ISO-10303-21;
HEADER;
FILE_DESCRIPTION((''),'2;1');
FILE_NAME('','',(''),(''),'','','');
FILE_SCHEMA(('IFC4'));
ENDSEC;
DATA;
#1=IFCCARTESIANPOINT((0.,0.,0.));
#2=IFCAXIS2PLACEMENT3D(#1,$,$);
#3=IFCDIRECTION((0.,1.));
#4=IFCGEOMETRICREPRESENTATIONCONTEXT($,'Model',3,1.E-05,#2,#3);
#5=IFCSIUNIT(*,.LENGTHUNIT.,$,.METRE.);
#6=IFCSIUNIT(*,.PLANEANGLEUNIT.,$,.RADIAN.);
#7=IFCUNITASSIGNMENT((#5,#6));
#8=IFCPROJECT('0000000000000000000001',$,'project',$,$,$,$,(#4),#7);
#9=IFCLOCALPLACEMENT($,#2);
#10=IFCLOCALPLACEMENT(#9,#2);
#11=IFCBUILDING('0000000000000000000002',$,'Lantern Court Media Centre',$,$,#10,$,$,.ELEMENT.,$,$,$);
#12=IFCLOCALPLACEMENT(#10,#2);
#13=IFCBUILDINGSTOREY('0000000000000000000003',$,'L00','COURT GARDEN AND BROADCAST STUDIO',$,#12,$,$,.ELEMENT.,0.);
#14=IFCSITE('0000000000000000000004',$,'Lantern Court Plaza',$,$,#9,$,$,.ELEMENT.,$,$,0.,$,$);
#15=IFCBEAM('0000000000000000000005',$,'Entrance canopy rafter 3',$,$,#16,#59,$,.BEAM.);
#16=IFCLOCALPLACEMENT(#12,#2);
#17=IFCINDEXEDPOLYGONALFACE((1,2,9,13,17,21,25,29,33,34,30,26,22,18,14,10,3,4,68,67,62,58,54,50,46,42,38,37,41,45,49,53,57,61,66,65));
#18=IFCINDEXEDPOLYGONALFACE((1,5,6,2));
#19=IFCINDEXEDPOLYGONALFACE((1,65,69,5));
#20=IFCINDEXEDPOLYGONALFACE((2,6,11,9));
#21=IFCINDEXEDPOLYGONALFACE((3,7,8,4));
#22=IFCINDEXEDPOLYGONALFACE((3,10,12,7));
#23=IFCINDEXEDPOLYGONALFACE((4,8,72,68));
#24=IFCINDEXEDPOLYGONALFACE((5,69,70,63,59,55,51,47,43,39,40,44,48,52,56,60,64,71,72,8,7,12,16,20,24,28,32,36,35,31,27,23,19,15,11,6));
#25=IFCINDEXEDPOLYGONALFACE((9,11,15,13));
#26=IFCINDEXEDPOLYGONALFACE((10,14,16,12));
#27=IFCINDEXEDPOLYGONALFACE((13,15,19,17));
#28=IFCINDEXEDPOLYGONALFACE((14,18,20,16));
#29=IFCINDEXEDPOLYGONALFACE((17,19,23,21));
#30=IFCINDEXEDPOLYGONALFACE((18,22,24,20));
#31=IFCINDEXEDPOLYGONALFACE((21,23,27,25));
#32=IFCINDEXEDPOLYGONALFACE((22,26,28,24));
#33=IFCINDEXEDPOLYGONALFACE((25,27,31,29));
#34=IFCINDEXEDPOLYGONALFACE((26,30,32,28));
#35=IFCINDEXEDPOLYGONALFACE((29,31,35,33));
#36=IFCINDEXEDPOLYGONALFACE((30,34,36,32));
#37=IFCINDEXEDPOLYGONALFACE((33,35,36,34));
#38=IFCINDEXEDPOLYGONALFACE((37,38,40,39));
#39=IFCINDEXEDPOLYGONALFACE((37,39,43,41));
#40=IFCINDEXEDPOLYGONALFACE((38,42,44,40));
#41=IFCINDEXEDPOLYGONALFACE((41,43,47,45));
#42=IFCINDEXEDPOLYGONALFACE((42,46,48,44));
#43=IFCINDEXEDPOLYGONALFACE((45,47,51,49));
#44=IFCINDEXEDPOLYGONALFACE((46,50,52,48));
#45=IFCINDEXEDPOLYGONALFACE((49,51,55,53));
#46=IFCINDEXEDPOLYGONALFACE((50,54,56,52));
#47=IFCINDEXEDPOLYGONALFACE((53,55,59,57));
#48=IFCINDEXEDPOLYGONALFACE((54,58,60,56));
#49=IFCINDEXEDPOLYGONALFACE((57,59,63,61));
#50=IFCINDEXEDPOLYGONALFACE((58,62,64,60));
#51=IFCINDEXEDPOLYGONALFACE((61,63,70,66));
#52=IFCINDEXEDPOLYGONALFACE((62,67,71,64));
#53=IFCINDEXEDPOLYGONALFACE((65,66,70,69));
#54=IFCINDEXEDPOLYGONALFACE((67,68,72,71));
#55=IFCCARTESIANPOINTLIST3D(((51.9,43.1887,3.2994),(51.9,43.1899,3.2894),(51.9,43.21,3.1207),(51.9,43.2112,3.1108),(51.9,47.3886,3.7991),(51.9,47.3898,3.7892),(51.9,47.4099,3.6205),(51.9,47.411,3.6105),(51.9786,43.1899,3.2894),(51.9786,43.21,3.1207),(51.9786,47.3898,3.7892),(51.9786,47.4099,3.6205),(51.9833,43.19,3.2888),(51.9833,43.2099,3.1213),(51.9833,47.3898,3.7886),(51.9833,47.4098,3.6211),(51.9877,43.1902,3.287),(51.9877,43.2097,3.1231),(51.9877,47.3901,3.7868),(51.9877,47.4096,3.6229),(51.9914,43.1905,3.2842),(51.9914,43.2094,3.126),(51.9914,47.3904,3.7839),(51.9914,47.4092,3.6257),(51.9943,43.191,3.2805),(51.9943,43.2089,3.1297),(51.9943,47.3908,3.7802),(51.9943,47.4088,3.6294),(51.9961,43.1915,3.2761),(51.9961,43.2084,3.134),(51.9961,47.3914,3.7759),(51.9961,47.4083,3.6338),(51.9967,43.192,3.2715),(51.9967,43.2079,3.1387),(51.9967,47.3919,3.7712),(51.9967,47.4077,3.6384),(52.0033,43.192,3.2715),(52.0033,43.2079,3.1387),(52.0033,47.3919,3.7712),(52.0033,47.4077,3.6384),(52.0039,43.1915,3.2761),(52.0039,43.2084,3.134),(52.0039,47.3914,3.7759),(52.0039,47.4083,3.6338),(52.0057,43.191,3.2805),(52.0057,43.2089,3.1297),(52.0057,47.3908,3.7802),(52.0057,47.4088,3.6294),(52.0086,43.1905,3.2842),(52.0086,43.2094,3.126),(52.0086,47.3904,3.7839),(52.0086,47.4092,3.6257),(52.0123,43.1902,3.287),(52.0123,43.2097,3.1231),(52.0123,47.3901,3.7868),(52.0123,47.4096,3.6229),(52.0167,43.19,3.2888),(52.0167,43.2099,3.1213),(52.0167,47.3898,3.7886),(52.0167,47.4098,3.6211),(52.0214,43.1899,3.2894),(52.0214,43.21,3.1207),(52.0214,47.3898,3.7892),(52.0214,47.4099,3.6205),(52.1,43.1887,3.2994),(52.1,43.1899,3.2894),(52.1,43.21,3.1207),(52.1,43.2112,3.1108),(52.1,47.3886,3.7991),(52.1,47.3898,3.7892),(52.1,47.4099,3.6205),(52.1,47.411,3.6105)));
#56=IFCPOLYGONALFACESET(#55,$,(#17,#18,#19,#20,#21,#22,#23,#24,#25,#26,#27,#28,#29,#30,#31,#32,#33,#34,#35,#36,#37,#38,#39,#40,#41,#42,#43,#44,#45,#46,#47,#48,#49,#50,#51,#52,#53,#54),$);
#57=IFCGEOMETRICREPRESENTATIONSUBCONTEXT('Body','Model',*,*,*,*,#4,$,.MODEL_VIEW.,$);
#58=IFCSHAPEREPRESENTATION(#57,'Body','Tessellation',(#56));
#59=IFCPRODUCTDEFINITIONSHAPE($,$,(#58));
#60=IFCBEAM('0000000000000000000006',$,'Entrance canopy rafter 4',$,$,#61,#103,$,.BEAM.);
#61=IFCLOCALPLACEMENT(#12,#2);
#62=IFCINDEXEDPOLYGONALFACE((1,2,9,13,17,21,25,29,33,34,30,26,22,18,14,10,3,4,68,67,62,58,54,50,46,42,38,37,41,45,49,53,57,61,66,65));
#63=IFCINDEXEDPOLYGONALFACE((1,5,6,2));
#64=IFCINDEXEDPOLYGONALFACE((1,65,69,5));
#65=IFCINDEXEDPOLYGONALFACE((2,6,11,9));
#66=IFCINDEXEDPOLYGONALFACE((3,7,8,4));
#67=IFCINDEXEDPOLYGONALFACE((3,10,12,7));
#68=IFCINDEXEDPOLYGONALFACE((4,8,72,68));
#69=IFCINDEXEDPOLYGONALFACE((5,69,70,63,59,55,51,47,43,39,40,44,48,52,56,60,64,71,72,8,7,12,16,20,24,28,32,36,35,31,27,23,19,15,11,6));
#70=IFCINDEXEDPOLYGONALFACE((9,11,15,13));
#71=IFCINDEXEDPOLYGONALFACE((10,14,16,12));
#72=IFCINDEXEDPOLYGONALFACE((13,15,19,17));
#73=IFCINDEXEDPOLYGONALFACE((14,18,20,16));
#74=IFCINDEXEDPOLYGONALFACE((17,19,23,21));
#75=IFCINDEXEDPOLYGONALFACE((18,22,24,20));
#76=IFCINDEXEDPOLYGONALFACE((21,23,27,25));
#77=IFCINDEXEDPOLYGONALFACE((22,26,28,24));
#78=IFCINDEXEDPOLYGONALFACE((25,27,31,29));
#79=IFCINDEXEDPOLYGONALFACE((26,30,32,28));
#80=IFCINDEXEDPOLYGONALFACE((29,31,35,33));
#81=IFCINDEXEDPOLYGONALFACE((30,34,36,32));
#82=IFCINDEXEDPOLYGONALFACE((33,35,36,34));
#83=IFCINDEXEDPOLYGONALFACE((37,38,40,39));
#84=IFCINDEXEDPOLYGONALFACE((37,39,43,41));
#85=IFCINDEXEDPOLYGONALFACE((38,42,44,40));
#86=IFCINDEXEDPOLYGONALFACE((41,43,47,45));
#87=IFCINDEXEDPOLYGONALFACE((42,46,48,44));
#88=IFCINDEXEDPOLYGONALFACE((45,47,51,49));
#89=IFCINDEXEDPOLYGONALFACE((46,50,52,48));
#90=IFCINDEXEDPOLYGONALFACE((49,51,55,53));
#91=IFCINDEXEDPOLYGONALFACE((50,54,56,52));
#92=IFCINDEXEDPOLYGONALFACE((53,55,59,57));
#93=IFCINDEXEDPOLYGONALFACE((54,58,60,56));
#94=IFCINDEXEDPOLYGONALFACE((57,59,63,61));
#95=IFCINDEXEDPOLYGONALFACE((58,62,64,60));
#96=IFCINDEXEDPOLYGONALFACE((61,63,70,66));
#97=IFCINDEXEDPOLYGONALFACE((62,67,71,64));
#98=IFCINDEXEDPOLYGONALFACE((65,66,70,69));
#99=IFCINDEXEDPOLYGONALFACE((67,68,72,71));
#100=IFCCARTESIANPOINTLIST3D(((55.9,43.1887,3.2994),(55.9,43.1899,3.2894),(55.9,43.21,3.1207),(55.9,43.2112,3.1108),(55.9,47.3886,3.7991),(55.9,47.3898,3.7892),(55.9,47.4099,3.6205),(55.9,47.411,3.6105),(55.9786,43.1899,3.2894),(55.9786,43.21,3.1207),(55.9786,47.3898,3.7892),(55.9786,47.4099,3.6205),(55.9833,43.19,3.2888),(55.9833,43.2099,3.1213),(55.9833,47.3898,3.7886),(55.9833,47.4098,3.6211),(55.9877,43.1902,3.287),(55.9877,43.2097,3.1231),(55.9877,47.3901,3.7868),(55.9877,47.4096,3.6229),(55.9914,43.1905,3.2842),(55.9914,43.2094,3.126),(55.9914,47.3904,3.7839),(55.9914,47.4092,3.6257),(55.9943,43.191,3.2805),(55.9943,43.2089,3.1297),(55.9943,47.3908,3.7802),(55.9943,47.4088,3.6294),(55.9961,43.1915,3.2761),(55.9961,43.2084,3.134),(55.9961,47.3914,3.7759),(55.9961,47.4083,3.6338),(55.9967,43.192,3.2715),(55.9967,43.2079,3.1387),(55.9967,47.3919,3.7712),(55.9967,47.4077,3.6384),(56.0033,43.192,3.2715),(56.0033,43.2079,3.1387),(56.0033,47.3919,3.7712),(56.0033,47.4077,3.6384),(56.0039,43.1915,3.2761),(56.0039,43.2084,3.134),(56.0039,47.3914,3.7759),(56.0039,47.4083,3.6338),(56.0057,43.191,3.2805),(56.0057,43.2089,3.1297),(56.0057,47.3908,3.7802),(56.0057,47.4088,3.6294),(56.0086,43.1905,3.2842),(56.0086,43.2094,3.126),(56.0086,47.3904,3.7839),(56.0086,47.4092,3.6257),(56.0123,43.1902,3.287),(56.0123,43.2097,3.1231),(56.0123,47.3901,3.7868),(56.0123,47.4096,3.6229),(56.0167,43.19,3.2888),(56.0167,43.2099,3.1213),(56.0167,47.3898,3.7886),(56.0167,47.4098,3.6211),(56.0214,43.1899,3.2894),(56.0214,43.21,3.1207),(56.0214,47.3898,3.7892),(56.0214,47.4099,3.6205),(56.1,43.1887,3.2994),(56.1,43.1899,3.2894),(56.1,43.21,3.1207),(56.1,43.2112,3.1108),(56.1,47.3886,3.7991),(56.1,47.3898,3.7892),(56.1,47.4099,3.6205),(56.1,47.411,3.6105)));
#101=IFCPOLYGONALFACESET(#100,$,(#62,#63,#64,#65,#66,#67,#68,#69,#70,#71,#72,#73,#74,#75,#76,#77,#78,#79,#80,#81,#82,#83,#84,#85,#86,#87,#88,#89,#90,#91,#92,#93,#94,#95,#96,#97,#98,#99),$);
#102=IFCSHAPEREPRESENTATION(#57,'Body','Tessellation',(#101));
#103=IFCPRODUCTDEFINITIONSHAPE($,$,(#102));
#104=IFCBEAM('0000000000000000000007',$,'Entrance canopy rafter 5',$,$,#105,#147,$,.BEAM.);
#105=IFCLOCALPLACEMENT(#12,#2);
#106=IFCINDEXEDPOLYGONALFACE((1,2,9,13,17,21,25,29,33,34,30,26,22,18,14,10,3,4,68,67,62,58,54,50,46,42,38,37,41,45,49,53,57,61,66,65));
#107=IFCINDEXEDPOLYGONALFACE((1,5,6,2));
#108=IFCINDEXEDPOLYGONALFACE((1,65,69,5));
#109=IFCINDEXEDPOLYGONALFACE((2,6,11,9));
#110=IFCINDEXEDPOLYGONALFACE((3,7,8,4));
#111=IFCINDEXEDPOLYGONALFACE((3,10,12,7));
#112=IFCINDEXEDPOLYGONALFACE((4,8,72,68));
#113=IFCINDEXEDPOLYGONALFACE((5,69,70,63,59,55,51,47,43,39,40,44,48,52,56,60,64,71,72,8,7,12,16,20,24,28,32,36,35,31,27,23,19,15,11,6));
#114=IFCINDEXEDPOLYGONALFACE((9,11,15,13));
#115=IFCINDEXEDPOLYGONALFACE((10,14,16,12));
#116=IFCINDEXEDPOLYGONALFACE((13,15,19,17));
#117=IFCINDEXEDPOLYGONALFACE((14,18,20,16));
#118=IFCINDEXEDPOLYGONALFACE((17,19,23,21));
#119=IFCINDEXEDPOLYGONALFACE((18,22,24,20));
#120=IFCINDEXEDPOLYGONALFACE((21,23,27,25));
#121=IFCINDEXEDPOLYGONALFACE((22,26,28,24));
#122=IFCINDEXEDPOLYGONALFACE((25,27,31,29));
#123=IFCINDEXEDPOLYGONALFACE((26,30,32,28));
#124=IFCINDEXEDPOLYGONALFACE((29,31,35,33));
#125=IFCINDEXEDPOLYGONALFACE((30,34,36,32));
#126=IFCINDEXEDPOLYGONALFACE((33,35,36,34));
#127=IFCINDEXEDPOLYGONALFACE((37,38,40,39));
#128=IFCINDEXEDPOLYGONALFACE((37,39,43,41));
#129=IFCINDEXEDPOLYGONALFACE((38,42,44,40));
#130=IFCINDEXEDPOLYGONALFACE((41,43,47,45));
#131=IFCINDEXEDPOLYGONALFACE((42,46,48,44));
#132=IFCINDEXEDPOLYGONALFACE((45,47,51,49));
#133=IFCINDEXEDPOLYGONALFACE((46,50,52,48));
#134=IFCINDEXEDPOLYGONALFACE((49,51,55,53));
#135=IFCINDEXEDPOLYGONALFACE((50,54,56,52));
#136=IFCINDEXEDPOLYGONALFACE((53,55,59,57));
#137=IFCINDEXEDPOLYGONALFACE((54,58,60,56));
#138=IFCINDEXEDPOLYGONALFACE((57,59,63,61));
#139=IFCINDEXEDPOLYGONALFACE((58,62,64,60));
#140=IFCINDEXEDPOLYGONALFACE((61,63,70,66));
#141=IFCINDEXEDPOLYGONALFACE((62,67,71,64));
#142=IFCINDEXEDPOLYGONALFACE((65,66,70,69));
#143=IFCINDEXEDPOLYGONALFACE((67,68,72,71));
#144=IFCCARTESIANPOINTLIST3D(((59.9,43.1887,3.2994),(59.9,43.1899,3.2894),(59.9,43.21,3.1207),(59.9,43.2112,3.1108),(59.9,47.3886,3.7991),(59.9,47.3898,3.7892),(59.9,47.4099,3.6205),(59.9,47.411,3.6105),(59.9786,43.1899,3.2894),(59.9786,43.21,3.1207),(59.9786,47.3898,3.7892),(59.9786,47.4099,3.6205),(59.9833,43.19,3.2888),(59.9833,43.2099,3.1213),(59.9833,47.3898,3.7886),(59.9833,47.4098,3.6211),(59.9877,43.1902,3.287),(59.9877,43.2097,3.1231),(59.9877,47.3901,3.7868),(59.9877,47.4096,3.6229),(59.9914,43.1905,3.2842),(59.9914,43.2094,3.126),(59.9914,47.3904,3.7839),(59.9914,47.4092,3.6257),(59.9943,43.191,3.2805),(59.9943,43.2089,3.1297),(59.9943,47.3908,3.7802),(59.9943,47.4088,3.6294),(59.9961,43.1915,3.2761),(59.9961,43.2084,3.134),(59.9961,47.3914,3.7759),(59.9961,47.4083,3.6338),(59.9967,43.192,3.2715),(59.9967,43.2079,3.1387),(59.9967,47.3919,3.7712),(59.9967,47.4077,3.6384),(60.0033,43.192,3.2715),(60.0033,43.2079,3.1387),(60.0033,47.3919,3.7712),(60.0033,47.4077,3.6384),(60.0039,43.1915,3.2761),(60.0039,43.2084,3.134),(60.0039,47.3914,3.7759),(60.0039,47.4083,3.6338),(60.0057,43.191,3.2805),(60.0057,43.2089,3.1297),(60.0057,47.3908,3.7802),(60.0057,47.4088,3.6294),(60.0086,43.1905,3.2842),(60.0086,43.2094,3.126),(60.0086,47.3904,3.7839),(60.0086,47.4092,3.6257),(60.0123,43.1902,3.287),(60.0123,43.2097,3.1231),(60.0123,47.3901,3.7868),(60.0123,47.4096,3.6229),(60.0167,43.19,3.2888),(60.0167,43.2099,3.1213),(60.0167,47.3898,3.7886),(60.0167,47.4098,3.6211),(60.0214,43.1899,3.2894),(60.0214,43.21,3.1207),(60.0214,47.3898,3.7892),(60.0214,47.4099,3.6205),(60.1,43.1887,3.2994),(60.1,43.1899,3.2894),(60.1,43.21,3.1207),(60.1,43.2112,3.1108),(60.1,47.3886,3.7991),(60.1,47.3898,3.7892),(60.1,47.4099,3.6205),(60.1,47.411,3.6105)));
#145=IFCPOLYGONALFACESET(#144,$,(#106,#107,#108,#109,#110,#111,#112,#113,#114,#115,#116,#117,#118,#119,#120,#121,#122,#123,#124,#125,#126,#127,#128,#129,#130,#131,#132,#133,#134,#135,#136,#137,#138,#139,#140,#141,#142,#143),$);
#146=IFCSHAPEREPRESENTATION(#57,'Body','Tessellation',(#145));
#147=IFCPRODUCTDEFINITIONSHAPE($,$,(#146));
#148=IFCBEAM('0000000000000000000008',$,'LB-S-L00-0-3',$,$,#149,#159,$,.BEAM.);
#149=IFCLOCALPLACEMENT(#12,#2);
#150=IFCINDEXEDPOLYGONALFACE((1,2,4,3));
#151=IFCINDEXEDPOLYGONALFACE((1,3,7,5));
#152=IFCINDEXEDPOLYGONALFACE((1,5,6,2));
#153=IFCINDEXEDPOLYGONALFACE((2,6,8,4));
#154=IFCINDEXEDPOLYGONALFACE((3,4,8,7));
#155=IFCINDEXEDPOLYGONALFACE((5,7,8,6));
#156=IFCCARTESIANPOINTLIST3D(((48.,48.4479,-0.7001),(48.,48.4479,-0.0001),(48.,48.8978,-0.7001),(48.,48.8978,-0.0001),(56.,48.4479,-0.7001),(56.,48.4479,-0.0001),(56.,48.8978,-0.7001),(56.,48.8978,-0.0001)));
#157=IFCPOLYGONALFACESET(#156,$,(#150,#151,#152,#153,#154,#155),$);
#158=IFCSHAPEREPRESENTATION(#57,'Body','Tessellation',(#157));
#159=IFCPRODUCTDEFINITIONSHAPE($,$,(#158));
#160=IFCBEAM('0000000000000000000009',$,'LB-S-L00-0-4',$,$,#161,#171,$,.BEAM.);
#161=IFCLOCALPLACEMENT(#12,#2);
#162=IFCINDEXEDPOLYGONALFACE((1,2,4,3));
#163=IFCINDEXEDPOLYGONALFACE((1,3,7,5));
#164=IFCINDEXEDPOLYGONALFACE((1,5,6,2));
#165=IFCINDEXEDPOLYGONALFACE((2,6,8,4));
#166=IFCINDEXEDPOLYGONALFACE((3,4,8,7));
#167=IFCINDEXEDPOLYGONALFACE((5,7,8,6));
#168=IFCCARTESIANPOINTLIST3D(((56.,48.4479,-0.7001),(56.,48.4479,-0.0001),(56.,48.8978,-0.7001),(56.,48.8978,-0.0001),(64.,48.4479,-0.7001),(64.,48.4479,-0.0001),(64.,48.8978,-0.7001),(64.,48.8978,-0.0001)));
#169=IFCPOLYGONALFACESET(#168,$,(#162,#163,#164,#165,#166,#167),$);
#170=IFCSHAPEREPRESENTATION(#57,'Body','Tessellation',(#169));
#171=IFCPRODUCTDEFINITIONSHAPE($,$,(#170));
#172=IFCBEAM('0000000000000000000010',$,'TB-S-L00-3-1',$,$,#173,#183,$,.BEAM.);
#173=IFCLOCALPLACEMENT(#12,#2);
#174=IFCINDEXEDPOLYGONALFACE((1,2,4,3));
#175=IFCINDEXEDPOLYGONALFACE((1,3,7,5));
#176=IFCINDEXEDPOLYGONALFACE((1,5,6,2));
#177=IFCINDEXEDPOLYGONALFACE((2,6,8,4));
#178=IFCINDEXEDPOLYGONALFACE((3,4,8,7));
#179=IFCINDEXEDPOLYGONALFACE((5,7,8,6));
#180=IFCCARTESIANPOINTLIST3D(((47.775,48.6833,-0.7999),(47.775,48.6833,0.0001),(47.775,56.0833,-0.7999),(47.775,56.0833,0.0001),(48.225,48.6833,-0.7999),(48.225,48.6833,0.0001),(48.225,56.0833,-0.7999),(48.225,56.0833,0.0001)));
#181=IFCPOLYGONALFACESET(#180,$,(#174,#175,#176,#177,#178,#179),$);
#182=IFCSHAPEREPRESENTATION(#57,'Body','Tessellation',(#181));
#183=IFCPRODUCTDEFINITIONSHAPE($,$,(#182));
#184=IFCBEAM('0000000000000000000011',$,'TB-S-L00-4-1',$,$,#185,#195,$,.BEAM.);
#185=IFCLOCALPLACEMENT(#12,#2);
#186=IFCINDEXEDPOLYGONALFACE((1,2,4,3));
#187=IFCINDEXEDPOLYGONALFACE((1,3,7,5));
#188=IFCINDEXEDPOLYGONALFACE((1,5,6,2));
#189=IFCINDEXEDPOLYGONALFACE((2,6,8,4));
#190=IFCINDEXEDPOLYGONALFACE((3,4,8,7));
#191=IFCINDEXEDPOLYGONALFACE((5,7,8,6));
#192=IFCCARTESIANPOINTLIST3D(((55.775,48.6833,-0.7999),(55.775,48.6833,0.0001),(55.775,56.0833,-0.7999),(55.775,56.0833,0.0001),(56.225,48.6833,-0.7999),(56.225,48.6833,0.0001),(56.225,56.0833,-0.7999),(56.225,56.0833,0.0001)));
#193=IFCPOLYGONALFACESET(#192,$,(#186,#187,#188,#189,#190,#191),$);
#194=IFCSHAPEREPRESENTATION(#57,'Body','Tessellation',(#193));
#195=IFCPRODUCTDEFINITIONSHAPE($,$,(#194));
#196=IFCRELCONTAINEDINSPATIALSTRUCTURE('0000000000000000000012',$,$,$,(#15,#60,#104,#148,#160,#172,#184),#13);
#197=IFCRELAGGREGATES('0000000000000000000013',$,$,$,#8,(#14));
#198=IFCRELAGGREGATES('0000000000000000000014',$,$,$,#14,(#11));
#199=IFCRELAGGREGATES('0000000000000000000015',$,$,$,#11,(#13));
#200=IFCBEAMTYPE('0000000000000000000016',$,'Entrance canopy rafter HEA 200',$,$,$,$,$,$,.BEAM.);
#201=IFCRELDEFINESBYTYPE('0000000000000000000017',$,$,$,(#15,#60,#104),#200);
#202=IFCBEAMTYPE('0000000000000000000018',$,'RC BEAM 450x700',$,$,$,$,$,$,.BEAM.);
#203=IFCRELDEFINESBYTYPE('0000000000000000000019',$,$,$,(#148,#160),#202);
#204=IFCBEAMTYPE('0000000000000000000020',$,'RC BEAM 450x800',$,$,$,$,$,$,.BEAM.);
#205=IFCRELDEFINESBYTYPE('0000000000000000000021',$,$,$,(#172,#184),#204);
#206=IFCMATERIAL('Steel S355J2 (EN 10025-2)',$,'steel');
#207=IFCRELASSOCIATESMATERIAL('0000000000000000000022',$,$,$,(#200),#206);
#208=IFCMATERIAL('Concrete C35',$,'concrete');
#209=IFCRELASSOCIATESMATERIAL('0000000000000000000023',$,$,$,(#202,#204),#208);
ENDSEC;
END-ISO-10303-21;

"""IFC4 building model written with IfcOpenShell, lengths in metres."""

from ifc_helpers import new_model, si_unit, direction, frame, origin, origin_2d, place, context, subcontext, project, spatial, rectangle, i_section, extrude, material, material_profile, profile_set, type_object, element, save


model = new_model("IFC4")

# Units and contexts
model_context = context("Model", 3, precision=1e-05, world=origin(), true_north=direction((0.0, 1.0)))
body_context = subcontext(model_context, "Body", "Model", "MODEL_VIEW")
ifc_project = project(units=[si_unit("LENGTHUNIT", "METRE"), si_unit("PLANEANGLEUNIT", "RADIAN")], contexts=[model_context])

# Site, building, storey
site_placement = place(None, origin())
site = spatial("IfcSite", under=ifc_project, at=site_placement, Name="Lantern Court Plaza", CompositionType="ELEMENT", RefElevation=0.0)
building_placement = place(site_placement, origin())
building = spatial("IfcBuilding", under=site, at=building_placement, Name="Lantern Court Media Centre", CompositionType="ELEMENT")
storey_placement = place(building_placement, origin())
storey = spatial("IfcBuildingStorey", under=building, at=storey_placement, Name="L00", Description="COURT GARDEN AND BROADCAST STUDIO", CompositionType="ELEMENT", Elevation=0.0)

# Shared definitions
ifc_material_1 = material(Name="Steel S355J2 (EN 10025-2)", Category="steel")

# Beams
ifc_material_profile_1 = material_profile(ifc_material_1, i_section(OverallWidth=0.2, OverallDepth=0.1899, WebThickness=0.0066, FlangeThickness=0.01, FilletRadius=0.0181, at=origin_2d()), Name="HEA 200")
ifc_profile_set_1 = profile_set([ifc_material_profile_1], Name="Steel S355J2 (EN 10025-2)")
beam_type_1 = type_object("IfcBeamType", Name="Entrance canopy rafter HEA 200", PredefinedType="BEAM", material=ifc_profile_set_1)
for number, where, z_axis, x_axis, name in (
    (1, (52.0, 43.2, 3.2051), (0.0, 0.992995, 0.118157), (-1.0, 0.0, 0.0), "Entrance canopy rafter 3"),
    (2, (56.0, 43.2, 3.2051), (0.0, 0.992995, 0.118157), (-1.0, 0.0, 0.0), "Entrance canopy rafter 4"),
    (3, (60.0, 43.2, 3.2051), (0.0, 0.992995, 0.118157), (-1.0, 0.0, 0.0), "Entrance canopy rafter 5"),
):
    element("IfcBeam", number, at=place(storey_placement, frame(where, z_axis=z_axis, x_axis=x_axis)), inside=storey, type_object=beam_type_1, Name=name, PredefinedType="BEAM", context=body_context, shape_type="SweptSolid", body=[
        extrude(i_section(OverallWidth=0.2, OverallDepth=0.1899, WebThickness=0.0066, FlangeThickness=0.01, FilletRadius=0.0181, at=origin_2d()), origin(), (0.0, 0.0, 1.0), 4.2295),
    ])
ifc_material_2 = material(Name="Concrete C35", Category="concrete")
ifc_material_profile_2 = material_profile(ifc_material_2, rectangle(XDim=0.45, YDim=0.7, at=origin_2d()), Name="RC 450x700")
ifc_profile_set_2 = profile_set([ifc_material_profile_2], Name="Concrete C35")
beam_type_2 = type_object("IfcBeamType", Name="RC BEAM 450x700", PredefinedType="BEAM", material=ifc_profile_set_2)
for number, where, z_axis, x_axis, name in (
    (4, (48.0, 48.6729, -0.3501), (1.0, 0.0, 0.0), (0.0, 1.0, 0.0), "LB-S-L00-0-3"),
    (5, (56.0, 48.6729, -0.3501), (1.0, 0.0, 0.0), (0.0, 1.0, 0.0), "LB-S-L00-0-4"),
):
    element("IfcBeam", number, at=place(storey_placement, frame(where, z_axis=z_axis, x_axis=x_axis)), inside=storey, type_object=beam_type_2, Name=name, PredefinedType="BEAM", context=body_context, shape_type="SweptSolid", body=[
        extrude(rectangle(XDim=0.45, YDim=0.7, at=origin_2d()), origin(), (0.0, 0.0, 1.0), 8.0),
    ])
ifc_material_profile_3 = material_profile(ifc_material_2, rectangle(XDim=0.45, YDim=0.8, at=origin_2d()), Name="RC 450x800")
ifc_profile_set_3 = profile_set([ifc_material_profile_3], Name="Concrete C35")
beam_type_3 = type_object("IfcBeamType", Name="RC BEAM 450x800", PredefinedType="BEAM", material=ifc_profile_set_3)
for number, where, z_axis, x_axis, name in (
    (6, (48.0, 48.6833, -0.3999), (0.0, 1.0, 0.0), (-1.0, 0.0, 0.0), "TB-S-L00-3-1"),
    (7, (56.0, 48.6833, -0.3999), (0.0, 1.0, 0.0), (-1.0, 0.0, 0.0), "TB-S-L00-4-1"),
):
    element("IfcBeam", number, at=place(storey_placement, frame(where, z_axis=z_axis, x_axis=x_axis)), inside=storey, type_object=beam_type_3, Name=name, PredefinedType="BEAM", context=body_context, shape_type="SweptSolid", body=[
        extrude(rectangle(XDim=0.45, YDim=0.8, at=origin_2d()), origin(), (0.0, 0.0, 1.0), 7.3999),
    ])

save(model, "model.ifc")
